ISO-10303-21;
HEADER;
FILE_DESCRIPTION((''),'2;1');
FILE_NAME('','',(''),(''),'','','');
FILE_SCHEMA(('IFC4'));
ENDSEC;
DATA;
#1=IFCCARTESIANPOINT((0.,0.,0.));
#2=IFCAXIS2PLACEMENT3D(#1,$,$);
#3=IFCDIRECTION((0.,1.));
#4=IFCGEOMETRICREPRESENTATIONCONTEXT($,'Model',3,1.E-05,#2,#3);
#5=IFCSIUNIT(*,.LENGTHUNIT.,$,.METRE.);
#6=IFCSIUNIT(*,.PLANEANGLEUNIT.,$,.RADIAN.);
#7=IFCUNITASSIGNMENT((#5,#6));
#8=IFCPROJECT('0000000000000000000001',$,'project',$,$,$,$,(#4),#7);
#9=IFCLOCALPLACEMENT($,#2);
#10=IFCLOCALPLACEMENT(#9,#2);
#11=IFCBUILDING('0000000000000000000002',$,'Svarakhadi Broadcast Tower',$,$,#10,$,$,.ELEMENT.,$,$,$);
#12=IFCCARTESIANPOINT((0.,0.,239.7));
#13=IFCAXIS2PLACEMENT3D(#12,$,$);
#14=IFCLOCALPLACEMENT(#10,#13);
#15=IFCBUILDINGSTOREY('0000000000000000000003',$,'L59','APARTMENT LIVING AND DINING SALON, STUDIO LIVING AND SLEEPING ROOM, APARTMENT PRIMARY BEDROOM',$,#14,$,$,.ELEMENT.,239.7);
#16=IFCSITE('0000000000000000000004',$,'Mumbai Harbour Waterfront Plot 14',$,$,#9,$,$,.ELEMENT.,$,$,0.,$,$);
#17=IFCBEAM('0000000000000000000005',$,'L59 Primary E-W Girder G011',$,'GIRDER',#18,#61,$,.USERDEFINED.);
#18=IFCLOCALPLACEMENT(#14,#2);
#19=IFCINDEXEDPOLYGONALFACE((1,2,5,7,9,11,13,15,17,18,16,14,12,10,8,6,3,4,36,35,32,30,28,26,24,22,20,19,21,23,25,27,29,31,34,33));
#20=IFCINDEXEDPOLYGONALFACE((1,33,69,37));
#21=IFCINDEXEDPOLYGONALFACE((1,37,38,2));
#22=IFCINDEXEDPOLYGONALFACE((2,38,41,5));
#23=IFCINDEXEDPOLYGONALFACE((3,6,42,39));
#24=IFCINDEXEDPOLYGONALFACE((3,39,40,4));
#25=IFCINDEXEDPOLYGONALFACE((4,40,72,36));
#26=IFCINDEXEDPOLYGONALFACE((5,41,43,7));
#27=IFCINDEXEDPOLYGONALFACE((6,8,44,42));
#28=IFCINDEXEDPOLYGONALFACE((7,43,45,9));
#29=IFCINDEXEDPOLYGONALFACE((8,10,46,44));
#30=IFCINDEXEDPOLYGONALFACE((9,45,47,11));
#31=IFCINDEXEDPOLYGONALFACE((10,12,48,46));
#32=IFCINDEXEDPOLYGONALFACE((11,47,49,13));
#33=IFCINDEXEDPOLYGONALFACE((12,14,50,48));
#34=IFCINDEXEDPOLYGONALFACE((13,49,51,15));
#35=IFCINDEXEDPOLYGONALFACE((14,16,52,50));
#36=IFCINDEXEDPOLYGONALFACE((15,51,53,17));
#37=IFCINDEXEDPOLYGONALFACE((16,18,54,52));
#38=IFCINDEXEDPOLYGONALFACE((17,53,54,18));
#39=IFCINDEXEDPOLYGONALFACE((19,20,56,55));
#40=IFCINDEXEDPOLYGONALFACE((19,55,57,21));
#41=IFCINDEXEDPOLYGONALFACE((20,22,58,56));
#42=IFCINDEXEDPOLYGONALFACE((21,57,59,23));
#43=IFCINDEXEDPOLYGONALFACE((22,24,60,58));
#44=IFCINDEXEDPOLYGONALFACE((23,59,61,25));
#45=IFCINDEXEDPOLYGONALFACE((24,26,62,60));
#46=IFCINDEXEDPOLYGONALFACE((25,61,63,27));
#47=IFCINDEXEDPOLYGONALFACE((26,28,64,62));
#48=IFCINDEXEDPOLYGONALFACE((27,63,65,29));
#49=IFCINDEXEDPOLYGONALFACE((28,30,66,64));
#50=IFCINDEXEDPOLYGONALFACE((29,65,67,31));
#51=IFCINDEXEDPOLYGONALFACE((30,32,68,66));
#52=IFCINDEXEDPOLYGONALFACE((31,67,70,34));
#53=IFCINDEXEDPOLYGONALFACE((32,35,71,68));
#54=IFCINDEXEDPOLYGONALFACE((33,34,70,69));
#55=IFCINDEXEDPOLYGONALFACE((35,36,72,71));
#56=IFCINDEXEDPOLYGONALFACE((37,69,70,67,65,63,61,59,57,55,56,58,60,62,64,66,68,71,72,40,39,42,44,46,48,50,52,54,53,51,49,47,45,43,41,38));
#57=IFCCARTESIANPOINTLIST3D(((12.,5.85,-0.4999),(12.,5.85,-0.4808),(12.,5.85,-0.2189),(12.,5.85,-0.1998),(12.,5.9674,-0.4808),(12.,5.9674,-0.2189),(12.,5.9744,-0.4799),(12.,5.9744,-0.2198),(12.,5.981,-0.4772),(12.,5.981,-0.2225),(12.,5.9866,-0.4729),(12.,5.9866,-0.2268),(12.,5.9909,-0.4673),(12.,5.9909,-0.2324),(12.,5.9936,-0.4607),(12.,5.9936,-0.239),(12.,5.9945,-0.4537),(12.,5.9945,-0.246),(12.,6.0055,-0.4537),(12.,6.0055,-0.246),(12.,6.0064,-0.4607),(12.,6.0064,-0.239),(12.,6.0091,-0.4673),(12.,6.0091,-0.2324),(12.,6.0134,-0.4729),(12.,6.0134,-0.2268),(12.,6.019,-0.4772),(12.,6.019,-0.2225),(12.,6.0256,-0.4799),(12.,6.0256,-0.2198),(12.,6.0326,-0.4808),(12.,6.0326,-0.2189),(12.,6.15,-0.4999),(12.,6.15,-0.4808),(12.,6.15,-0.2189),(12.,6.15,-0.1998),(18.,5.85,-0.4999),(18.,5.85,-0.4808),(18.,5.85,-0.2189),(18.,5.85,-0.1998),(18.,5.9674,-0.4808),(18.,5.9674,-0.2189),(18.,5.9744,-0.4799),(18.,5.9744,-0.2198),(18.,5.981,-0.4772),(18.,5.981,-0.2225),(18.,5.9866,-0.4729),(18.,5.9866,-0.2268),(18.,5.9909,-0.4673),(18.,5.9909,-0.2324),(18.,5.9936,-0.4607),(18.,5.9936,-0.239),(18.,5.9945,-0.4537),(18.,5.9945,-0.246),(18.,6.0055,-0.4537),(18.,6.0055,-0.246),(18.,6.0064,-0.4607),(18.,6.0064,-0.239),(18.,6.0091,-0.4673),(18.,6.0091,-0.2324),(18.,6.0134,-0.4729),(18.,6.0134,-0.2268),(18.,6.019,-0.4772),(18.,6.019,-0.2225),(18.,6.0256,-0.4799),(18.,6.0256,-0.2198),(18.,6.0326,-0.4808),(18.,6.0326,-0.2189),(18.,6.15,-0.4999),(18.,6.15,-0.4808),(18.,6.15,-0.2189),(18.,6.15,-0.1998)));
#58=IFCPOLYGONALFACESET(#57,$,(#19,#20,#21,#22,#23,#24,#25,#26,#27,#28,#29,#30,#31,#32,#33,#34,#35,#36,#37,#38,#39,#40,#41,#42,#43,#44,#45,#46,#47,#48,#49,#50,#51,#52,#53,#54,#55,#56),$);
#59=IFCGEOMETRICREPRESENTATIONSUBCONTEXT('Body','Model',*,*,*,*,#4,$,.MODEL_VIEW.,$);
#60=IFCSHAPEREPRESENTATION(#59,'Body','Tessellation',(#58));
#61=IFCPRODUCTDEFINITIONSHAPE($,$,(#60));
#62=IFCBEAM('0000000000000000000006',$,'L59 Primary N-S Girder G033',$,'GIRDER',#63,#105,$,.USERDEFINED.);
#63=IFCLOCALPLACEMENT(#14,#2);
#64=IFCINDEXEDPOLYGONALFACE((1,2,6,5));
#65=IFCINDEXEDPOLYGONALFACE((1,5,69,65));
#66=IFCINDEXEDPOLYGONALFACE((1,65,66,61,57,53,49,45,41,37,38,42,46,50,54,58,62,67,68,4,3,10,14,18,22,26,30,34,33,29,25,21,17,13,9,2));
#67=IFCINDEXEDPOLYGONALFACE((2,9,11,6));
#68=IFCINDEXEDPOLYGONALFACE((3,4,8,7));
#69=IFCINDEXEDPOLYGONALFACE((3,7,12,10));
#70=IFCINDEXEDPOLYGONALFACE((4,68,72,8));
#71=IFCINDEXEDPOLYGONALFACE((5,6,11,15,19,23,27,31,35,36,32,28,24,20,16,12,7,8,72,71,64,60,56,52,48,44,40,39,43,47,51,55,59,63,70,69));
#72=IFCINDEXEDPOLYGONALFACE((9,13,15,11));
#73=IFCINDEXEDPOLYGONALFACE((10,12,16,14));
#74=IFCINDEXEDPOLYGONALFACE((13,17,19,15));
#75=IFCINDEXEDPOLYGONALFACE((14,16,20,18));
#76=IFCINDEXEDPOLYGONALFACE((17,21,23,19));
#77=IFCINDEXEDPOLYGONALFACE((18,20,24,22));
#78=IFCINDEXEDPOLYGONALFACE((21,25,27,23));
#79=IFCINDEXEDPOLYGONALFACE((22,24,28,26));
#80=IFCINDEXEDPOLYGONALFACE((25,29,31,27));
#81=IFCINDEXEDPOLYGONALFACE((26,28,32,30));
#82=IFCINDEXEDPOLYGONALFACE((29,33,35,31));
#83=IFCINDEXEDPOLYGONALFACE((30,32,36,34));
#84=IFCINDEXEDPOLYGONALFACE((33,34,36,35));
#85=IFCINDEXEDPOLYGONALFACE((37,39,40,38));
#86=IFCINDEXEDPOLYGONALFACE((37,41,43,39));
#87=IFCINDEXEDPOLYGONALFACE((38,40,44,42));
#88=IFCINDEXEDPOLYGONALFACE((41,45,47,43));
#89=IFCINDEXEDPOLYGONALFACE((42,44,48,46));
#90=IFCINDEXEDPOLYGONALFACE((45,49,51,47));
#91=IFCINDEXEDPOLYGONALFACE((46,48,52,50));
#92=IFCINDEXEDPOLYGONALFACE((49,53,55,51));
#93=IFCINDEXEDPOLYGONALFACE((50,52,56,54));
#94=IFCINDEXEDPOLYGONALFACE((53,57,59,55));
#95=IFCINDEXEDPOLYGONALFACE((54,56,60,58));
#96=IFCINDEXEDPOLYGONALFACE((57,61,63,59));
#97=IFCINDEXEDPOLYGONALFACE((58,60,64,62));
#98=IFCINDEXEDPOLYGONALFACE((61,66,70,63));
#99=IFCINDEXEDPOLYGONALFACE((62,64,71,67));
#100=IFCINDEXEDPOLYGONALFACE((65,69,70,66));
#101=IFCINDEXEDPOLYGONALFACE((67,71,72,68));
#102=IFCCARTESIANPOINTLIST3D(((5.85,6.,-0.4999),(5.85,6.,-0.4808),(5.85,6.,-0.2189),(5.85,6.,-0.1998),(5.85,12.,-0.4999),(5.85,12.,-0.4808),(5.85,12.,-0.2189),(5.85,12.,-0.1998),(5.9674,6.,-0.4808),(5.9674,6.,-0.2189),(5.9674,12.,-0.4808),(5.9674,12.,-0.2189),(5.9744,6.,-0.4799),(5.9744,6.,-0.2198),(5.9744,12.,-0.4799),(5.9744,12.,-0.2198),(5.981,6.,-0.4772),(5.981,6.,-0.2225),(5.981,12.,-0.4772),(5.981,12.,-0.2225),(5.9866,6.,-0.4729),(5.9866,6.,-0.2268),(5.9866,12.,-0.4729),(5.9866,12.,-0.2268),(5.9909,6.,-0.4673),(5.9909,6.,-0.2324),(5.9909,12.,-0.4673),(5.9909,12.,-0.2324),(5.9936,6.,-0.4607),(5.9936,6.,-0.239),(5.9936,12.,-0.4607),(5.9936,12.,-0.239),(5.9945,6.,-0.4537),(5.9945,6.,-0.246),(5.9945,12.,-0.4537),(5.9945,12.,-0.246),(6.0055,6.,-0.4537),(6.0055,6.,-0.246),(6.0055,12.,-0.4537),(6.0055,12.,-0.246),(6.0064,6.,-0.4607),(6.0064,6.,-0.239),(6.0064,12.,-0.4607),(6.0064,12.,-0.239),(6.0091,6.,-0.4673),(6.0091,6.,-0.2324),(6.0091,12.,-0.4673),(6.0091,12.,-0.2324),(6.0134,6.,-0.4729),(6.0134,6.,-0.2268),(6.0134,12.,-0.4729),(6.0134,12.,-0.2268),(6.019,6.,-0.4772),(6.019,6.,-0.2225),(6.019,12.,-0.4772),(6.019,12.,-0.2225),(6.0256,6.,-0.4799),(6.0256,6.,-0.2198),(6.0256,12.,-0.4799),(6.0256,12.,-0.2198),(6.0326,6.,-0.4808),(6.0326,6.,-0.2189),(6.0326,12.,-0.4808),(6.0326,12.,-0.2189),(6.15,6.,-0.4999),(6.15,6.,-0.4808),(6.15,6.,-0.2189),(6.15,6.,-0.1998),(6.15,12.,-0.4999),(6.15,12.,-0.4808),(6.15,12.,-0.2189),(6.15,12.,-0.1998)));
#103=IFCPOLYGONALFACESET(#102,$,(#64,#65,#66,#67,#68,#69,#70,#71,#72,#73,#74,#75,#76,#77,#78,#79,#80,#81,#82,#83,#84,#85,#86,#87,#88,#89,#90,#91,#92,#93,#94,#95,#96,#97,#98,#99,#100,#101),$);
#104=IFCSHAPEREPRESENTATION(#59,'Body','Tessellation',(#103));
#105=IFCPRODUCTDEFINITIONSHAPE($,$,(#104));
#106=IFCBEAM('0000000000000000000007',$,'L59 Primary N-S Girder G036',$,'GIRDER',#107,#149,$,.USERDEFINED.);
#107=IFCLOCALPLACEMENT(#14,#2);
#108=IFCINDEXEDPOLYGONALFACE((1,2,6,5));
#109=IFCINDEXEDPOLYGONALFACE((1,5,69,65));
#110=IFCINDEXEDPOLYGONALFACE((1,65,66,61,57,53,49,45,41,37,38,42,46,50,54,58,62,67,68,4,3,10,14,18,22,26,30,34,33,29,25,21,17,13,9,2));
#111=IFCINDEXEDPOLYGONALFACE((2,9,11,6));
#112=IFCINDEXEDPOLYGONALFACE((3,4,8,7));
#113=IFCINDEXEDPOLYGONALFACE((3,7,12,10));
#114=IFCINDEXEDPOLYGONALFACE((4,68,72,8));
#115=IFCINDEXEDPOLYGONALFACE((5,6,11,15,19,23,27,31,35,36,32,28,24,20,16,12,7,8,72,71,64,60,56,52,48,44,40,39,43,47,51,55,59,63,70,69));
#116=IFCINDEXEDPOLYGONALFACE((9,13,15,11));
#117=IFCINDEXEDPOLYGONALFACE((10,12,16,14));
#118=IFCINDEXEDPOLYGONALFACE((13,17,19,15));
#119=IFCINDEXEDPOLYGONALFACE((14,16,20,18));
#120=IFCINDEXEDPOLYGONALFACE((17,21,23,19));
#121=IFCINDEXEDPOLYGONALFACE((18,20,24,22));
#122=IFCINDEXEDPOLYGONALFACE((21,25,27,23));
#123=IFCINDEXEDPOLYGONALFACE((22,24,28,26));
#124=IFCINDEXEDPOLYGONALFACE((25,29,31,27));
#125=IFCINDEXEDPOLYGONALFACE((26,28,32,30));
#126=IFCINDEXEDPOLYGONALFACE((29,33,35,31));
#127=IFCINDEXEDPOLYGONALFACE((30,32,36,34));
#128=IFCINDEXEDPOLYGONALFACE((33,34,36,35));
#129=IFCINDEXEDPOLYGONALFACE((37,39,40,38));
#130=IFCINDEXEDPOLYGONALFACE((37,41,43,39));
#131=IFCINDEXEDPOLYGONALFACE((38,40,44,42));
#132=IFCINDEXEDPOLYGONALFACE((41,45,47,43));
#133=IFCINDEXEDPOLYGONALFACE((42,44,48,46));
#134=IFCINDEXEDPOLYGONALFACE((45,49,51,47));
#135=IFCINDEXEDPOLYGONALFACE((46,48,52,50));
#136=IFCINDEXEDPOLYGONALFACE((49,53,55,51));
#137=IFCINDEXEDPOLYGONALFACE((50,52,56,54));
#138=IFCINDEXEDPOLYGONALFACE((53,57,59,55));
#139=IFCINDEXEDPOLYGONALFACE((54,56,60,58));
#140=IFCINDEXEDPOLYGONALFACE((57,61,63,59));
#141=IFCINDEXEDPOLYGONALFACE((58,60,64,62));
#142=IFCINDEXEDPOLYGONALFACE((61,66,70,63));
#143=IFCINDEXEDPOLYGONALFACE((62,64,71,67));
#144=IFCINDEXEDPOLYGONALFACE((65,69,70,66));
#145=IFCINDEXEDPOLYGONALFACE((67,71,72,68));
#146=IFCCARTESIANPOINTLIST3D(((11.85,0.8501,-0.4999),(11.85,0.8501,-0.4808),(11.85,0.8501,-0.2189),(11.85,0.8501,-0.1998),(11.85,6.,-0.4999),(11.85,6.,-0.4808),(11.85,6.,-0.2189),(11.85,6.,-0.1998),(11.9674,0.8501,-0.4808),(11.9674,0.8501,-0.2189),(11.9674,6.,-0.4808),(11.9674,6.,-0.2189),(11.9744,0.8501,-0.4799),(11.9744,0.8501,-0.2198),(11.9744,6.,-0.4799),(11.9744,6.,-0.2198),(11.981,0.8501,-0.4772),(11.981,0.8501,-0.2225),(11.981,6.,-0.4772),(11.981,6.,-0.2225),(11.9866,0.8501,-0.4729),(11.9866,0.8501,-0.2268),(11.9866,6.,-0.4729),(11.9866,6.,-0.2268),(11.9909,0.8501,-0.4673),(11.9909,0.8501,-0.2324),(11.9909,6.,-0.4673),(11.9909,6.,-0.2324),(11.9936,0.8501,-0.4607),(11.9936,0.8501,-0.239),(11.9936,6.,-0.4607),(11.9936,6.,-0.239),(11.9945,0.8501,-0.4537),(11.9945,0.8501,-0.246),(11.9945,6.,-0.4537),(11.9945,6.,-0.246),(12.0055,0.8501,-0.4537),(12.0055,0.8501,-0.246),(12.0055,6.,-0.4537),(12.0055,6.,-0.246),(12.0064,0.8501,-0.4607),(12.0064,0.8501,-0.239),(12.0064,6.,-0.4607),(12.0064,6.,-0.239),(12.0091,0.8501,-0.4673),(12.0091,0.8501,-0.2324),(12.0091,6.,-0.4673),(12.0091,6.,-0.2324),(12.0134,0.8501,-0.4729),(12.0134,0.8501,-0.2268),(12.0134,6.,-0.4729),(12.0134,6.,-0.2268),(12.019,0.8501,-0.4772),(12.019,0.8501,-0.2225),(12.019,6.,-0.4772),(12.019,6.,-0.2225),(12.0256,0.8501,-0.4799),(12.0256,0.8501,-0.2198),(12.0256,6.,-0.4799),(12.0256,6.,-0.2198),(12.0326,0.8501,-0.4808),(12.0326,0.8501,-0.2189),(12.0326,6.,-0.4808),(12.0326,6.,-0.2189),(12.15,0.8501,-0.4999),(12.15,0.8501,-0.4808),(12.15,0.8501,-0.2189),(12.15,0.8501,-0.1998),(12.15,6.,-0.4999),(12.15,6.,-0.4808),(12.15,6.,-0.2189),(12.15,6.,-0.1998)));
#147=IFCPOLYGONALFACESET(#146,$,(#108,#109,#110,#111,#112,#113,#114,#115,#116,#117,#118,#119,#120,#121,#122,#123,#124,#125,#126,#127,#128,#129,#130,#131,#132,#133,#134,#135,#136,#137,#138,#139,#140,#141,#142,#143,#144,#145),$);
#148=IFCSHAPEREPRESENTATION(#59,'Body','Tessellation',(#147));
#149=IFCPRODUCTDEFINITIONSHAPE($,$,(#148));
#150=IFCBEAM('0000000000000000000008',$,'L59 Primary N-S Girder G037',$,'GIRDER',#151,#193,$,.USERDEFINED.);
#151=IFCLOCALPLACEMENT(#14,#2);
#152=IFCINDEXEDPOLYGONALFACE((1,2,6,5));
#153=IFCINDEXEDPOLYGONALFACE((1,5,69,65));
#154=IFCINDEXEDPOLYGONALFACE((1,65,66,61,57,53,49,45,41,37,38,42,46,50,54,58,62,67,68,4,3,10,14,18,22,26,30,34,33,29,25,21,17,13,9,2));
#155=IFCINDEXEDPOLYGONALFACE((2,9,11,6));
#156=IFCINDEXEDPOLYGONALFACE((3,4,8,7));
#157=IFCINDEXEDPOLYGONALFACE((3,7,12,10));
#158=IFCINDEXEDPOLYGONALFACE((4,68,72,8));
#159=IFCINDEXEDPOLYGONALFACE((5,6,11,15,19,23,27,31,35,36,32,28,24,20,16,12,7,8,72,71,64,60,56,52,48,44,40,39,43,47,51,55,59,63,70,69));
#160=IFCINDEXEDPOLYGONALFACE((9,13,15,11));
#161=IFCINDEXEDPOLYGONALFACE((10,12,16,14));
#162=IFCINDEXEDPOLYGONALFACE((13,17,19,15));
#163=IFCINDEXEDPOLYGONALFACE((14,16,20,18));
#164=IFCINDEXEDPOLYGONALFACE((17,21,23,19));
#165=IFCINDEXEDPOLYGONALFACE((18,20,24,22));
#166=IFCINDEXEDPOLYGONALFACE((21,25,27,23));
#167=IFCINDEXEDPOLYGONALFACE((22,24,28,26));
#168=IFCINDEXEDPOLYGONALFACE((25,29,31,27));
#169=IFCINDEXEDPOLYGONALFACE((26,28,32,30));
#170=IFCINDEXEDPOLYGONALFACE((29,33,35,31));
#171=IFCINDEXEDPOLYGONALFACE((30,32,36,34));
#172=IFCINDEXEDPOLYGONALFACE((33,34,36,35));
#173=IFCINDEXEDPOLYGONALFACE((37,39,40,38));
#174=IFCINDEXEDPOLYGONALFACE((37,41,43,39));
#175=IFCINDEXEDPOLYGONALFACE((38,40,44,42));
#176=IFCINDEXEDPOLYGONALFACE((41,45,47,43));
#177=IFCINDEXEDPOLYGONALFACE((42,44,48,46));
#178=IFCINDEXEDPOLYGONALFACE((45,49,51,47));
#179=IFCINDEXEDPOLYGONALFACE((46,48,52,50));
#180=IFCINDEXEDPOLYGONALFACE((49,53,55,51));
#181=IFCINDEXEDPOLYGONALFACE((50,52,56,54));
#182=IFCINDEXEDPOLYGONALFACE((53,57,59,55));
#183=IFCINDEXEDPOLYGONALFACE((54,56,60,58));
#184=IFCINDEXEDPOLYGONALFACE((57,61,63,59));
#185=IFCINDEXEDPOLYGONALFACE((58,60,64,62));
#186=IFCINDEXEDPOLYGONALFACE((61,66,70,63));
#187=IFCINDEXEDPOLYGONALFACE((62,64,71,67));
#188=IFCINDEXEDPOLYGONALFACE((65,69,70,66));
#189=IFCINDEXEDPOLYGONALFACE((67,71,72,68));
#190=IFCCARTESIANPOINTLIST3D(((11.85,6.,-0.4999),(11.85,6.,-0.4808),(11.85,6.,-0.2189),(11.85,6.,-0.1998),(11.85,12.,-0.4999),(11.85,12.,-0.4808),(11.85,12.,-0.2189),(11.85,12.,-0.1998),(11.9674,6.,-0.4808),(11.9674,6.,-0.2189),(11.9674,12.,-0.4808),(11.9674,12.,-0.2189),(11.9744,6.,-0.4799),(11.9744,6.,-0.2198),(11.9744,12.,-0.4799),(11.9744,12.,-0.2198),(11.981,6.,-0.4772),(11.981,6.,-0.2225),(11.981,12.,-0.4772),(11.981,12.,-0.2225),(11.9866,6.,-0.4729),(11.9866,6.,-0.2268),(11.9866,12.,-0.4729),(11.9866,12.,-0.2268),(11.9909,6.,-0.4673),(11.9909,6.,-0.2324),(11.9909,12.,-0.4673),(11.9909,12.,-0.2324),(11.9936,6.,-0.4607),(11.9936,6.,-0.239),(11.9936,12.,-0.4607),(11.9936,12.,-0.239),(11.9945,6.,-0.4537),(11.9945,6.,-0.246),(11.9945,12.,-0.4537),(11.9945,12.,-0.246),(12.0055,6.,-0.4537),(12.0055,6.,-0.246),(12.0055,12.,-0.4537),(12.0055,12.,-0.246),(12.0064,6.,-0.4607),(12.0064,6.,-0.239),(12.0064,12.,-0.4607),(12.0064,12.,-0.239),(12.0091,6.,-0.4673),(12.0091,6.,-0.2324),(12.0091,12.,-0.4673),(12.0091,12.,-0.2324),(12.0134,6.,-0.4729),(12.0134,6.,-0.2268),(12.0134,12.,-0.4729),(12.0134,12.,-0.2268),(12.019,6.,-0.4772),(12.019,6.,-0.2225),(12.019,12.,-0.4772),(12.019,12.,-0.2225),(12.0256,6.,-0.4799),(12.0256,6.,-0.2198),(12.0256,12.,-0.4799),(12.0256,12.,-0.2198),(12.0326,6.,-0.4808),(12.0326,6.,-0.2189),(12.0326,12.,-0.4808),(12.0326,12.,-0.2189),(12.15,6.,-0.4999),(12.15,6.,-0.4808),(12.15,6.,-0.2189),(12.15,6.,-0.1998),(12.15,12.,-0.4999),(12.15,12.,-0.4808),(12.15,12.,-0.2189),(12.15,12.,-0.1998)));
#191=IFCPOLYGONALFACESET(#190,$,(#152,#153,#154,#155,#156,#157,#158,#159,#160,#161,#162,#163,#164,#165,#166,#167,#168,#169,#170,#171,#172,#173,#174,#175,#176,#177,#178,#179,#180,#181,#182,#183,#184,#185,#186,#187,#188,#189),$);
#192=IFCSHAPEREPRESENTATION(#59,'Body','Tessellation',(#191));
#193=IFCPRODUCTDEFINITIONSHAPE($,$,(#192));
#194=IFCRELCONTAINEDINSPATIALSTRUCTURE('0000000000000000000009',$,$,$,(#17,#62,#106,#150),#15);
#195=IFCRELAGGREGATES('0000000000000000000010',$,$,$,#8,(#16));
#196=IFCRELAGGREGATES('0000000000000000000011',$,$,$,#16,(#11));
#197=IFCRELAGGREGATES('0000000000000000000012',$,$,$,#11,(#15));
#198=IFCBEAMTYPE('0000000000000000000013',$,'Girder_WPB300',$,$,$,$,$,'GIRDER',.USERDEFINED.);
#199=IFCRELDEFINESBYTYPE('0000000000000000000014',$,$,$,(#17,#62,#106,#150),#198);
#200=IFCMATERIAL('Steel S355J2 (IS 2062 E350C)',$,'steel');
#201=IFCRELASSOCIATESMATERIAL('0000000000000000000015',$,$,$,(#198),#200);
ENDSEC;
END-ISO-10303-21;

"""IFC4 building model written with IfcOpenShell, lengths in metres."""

from ifc_helpers import new_model, si_unit, direction, frame, origin, origin_2d, place, context, subcontext, project, spatial, i_section, extrude, material, material_profile, profile_set, type_object, element, save


model = new_model("IFC4")

# Units and contexts
model_context = context("Model", 3, precision=1e-05, world=origin(), true_north=direction((0.0, 1.0)))
body_context = subcontext(model_context, "Body", "Model", "MODEL_VIEW")
ifc_project = project(units=[si_unit("LENGTHUNIT", "METRE"), si_unit("PLANEANGLEUNIT", "RADIAN")], contexts=[model_context])

# Site, building, storey
site_placement = place(None, origin())
site = spatial("IfcSite", under=ifc_project, at=site_placement, Name="Mumbai Harbour Waterfront Plot 14", CompositionType="ELEMENT", RefElevation=0.0)
building_placement = place(site_placement, origin())
building = spatial("IfcBuilding", under=site, at=building_placement, Name="Svarakhadi Broadcast Tower", CompositionType="ELEMENT")
storey_placement = place(building_placement, frame((0.0, 0.0, 239.7)))
storey = spatial("IfcBuildingStorey", under=building, at=storey_placement, Name="L59", Description="APARTMENT LIVING AND DINING SALON, STUDIO LIVING AND SLEEPING ROOM, APARTMENT PRIMARY BEDROOM", CompositionType="ELEMENT", Elevation=239.7)

# Beams
ifc_material_1 = material(Name="Steel S355J2 (IS 2062 E350C)", Category="steel")
ifc_material_profile_1 = material_profile(ifc_material_1, i_section(OverallWidth=0.3, OverallDepth=0.3, WebThickness=0.011, FlangeThickness=0.019, FilletRadius=0.0271, at=origin_2d()), Name="WPB 300x300x117")
ifc_profile_set_1 = profile_set([ifc_material_profile_1], Name="Steel S355J2 (IS 2062 E350C)")
beam_type_1 = type_object("IfcBeamType", Name="Girder_WPB300", ElementType="GIRDER", PredefinedType="USERDEFINED", material=ifc_profile_set_1)
for number, where, z_axis, x_axis, name in (
    (1, (12.0, 6.0, -0.3499), (1.0, 0.0, 0.0), (0.0, 1.0, 0.0), "L59 Primary E-W Girder G011"),
    (2, (6.0, 6.0, -0.3499), (0.0, 1.0, 0.0), (-1.0, 0.0, 0.0), "L59 Primary N-S Girder G033"),
):
    element("IfcBeam", number, at=place(storey_placement, frame(where, z_axis=z_axis, x_axis=x_axis)), inside=storey, type_object=beam_type_1, Name=name, ObjectType="GIRDER", PredefinedType="USERDEFINED", context=body_context, shape_type="SweptSolid", body=[
        extrude(i_section(OverallWidth=0.3, OverallDepth=0.3, WebThickness=0.011, FlangeThickness=0.019, FilletRadius=0.0271, at=origin_2d()), origin(), (0.0, 0.0, 1.0), 6.0),
    ])
beam_1_placement = place(storey_placement, frame((12.0, 0.8501, -0.3499), z_axis=(0.0, 1.0, 0.0), x_axis=(-1.0, 0.0, 0.0)))
element("IfcBeam", 3, at=beam_1_placement, inside=storey, type_object=beam_type_1, Name="L59 Primary N-S Girder G036", ObjectType="GIRDER", PredefinedType="USERDEFINED", context=body_context, shape_type="SweptSolid", body=[
    extrude(i_section(OverallWidth=0.3, OverallDepth=0.3, WebThickness=0.011, FlangeThickness=0.019, FilletRadius=0.0271, at=origin_2d()), origin(), (0.0, 0.0, 1.0), 5.1499),
])
beam_2_placement = place(storey_placement, frame((12.0, 6.0, -0.3499), z_axis=(0.0, 1.0, 0.0), x_axis=(-1.0, 0.0, 0.0)))
element("IfcBeam", 4, at=beam_2_placement, inside=storey, type_object=beam_type_1, Name="L59 Primary N-S Girder G037", ObjectType="GIRDER", PredefinedType="USERDEFINED", context=body_context, shape_type="SweptSolid", body=[
    extrude(i_section(OverallWidth=0.3, OverallDepth=0.3, WebThickness=0.011, FlangeThickness=0.019, FilletRadius=0.0271, at=origin_2d()), origin(), (0.0, 0.0, 1.0), 6.0),
])

save(model, "model.ifc")
